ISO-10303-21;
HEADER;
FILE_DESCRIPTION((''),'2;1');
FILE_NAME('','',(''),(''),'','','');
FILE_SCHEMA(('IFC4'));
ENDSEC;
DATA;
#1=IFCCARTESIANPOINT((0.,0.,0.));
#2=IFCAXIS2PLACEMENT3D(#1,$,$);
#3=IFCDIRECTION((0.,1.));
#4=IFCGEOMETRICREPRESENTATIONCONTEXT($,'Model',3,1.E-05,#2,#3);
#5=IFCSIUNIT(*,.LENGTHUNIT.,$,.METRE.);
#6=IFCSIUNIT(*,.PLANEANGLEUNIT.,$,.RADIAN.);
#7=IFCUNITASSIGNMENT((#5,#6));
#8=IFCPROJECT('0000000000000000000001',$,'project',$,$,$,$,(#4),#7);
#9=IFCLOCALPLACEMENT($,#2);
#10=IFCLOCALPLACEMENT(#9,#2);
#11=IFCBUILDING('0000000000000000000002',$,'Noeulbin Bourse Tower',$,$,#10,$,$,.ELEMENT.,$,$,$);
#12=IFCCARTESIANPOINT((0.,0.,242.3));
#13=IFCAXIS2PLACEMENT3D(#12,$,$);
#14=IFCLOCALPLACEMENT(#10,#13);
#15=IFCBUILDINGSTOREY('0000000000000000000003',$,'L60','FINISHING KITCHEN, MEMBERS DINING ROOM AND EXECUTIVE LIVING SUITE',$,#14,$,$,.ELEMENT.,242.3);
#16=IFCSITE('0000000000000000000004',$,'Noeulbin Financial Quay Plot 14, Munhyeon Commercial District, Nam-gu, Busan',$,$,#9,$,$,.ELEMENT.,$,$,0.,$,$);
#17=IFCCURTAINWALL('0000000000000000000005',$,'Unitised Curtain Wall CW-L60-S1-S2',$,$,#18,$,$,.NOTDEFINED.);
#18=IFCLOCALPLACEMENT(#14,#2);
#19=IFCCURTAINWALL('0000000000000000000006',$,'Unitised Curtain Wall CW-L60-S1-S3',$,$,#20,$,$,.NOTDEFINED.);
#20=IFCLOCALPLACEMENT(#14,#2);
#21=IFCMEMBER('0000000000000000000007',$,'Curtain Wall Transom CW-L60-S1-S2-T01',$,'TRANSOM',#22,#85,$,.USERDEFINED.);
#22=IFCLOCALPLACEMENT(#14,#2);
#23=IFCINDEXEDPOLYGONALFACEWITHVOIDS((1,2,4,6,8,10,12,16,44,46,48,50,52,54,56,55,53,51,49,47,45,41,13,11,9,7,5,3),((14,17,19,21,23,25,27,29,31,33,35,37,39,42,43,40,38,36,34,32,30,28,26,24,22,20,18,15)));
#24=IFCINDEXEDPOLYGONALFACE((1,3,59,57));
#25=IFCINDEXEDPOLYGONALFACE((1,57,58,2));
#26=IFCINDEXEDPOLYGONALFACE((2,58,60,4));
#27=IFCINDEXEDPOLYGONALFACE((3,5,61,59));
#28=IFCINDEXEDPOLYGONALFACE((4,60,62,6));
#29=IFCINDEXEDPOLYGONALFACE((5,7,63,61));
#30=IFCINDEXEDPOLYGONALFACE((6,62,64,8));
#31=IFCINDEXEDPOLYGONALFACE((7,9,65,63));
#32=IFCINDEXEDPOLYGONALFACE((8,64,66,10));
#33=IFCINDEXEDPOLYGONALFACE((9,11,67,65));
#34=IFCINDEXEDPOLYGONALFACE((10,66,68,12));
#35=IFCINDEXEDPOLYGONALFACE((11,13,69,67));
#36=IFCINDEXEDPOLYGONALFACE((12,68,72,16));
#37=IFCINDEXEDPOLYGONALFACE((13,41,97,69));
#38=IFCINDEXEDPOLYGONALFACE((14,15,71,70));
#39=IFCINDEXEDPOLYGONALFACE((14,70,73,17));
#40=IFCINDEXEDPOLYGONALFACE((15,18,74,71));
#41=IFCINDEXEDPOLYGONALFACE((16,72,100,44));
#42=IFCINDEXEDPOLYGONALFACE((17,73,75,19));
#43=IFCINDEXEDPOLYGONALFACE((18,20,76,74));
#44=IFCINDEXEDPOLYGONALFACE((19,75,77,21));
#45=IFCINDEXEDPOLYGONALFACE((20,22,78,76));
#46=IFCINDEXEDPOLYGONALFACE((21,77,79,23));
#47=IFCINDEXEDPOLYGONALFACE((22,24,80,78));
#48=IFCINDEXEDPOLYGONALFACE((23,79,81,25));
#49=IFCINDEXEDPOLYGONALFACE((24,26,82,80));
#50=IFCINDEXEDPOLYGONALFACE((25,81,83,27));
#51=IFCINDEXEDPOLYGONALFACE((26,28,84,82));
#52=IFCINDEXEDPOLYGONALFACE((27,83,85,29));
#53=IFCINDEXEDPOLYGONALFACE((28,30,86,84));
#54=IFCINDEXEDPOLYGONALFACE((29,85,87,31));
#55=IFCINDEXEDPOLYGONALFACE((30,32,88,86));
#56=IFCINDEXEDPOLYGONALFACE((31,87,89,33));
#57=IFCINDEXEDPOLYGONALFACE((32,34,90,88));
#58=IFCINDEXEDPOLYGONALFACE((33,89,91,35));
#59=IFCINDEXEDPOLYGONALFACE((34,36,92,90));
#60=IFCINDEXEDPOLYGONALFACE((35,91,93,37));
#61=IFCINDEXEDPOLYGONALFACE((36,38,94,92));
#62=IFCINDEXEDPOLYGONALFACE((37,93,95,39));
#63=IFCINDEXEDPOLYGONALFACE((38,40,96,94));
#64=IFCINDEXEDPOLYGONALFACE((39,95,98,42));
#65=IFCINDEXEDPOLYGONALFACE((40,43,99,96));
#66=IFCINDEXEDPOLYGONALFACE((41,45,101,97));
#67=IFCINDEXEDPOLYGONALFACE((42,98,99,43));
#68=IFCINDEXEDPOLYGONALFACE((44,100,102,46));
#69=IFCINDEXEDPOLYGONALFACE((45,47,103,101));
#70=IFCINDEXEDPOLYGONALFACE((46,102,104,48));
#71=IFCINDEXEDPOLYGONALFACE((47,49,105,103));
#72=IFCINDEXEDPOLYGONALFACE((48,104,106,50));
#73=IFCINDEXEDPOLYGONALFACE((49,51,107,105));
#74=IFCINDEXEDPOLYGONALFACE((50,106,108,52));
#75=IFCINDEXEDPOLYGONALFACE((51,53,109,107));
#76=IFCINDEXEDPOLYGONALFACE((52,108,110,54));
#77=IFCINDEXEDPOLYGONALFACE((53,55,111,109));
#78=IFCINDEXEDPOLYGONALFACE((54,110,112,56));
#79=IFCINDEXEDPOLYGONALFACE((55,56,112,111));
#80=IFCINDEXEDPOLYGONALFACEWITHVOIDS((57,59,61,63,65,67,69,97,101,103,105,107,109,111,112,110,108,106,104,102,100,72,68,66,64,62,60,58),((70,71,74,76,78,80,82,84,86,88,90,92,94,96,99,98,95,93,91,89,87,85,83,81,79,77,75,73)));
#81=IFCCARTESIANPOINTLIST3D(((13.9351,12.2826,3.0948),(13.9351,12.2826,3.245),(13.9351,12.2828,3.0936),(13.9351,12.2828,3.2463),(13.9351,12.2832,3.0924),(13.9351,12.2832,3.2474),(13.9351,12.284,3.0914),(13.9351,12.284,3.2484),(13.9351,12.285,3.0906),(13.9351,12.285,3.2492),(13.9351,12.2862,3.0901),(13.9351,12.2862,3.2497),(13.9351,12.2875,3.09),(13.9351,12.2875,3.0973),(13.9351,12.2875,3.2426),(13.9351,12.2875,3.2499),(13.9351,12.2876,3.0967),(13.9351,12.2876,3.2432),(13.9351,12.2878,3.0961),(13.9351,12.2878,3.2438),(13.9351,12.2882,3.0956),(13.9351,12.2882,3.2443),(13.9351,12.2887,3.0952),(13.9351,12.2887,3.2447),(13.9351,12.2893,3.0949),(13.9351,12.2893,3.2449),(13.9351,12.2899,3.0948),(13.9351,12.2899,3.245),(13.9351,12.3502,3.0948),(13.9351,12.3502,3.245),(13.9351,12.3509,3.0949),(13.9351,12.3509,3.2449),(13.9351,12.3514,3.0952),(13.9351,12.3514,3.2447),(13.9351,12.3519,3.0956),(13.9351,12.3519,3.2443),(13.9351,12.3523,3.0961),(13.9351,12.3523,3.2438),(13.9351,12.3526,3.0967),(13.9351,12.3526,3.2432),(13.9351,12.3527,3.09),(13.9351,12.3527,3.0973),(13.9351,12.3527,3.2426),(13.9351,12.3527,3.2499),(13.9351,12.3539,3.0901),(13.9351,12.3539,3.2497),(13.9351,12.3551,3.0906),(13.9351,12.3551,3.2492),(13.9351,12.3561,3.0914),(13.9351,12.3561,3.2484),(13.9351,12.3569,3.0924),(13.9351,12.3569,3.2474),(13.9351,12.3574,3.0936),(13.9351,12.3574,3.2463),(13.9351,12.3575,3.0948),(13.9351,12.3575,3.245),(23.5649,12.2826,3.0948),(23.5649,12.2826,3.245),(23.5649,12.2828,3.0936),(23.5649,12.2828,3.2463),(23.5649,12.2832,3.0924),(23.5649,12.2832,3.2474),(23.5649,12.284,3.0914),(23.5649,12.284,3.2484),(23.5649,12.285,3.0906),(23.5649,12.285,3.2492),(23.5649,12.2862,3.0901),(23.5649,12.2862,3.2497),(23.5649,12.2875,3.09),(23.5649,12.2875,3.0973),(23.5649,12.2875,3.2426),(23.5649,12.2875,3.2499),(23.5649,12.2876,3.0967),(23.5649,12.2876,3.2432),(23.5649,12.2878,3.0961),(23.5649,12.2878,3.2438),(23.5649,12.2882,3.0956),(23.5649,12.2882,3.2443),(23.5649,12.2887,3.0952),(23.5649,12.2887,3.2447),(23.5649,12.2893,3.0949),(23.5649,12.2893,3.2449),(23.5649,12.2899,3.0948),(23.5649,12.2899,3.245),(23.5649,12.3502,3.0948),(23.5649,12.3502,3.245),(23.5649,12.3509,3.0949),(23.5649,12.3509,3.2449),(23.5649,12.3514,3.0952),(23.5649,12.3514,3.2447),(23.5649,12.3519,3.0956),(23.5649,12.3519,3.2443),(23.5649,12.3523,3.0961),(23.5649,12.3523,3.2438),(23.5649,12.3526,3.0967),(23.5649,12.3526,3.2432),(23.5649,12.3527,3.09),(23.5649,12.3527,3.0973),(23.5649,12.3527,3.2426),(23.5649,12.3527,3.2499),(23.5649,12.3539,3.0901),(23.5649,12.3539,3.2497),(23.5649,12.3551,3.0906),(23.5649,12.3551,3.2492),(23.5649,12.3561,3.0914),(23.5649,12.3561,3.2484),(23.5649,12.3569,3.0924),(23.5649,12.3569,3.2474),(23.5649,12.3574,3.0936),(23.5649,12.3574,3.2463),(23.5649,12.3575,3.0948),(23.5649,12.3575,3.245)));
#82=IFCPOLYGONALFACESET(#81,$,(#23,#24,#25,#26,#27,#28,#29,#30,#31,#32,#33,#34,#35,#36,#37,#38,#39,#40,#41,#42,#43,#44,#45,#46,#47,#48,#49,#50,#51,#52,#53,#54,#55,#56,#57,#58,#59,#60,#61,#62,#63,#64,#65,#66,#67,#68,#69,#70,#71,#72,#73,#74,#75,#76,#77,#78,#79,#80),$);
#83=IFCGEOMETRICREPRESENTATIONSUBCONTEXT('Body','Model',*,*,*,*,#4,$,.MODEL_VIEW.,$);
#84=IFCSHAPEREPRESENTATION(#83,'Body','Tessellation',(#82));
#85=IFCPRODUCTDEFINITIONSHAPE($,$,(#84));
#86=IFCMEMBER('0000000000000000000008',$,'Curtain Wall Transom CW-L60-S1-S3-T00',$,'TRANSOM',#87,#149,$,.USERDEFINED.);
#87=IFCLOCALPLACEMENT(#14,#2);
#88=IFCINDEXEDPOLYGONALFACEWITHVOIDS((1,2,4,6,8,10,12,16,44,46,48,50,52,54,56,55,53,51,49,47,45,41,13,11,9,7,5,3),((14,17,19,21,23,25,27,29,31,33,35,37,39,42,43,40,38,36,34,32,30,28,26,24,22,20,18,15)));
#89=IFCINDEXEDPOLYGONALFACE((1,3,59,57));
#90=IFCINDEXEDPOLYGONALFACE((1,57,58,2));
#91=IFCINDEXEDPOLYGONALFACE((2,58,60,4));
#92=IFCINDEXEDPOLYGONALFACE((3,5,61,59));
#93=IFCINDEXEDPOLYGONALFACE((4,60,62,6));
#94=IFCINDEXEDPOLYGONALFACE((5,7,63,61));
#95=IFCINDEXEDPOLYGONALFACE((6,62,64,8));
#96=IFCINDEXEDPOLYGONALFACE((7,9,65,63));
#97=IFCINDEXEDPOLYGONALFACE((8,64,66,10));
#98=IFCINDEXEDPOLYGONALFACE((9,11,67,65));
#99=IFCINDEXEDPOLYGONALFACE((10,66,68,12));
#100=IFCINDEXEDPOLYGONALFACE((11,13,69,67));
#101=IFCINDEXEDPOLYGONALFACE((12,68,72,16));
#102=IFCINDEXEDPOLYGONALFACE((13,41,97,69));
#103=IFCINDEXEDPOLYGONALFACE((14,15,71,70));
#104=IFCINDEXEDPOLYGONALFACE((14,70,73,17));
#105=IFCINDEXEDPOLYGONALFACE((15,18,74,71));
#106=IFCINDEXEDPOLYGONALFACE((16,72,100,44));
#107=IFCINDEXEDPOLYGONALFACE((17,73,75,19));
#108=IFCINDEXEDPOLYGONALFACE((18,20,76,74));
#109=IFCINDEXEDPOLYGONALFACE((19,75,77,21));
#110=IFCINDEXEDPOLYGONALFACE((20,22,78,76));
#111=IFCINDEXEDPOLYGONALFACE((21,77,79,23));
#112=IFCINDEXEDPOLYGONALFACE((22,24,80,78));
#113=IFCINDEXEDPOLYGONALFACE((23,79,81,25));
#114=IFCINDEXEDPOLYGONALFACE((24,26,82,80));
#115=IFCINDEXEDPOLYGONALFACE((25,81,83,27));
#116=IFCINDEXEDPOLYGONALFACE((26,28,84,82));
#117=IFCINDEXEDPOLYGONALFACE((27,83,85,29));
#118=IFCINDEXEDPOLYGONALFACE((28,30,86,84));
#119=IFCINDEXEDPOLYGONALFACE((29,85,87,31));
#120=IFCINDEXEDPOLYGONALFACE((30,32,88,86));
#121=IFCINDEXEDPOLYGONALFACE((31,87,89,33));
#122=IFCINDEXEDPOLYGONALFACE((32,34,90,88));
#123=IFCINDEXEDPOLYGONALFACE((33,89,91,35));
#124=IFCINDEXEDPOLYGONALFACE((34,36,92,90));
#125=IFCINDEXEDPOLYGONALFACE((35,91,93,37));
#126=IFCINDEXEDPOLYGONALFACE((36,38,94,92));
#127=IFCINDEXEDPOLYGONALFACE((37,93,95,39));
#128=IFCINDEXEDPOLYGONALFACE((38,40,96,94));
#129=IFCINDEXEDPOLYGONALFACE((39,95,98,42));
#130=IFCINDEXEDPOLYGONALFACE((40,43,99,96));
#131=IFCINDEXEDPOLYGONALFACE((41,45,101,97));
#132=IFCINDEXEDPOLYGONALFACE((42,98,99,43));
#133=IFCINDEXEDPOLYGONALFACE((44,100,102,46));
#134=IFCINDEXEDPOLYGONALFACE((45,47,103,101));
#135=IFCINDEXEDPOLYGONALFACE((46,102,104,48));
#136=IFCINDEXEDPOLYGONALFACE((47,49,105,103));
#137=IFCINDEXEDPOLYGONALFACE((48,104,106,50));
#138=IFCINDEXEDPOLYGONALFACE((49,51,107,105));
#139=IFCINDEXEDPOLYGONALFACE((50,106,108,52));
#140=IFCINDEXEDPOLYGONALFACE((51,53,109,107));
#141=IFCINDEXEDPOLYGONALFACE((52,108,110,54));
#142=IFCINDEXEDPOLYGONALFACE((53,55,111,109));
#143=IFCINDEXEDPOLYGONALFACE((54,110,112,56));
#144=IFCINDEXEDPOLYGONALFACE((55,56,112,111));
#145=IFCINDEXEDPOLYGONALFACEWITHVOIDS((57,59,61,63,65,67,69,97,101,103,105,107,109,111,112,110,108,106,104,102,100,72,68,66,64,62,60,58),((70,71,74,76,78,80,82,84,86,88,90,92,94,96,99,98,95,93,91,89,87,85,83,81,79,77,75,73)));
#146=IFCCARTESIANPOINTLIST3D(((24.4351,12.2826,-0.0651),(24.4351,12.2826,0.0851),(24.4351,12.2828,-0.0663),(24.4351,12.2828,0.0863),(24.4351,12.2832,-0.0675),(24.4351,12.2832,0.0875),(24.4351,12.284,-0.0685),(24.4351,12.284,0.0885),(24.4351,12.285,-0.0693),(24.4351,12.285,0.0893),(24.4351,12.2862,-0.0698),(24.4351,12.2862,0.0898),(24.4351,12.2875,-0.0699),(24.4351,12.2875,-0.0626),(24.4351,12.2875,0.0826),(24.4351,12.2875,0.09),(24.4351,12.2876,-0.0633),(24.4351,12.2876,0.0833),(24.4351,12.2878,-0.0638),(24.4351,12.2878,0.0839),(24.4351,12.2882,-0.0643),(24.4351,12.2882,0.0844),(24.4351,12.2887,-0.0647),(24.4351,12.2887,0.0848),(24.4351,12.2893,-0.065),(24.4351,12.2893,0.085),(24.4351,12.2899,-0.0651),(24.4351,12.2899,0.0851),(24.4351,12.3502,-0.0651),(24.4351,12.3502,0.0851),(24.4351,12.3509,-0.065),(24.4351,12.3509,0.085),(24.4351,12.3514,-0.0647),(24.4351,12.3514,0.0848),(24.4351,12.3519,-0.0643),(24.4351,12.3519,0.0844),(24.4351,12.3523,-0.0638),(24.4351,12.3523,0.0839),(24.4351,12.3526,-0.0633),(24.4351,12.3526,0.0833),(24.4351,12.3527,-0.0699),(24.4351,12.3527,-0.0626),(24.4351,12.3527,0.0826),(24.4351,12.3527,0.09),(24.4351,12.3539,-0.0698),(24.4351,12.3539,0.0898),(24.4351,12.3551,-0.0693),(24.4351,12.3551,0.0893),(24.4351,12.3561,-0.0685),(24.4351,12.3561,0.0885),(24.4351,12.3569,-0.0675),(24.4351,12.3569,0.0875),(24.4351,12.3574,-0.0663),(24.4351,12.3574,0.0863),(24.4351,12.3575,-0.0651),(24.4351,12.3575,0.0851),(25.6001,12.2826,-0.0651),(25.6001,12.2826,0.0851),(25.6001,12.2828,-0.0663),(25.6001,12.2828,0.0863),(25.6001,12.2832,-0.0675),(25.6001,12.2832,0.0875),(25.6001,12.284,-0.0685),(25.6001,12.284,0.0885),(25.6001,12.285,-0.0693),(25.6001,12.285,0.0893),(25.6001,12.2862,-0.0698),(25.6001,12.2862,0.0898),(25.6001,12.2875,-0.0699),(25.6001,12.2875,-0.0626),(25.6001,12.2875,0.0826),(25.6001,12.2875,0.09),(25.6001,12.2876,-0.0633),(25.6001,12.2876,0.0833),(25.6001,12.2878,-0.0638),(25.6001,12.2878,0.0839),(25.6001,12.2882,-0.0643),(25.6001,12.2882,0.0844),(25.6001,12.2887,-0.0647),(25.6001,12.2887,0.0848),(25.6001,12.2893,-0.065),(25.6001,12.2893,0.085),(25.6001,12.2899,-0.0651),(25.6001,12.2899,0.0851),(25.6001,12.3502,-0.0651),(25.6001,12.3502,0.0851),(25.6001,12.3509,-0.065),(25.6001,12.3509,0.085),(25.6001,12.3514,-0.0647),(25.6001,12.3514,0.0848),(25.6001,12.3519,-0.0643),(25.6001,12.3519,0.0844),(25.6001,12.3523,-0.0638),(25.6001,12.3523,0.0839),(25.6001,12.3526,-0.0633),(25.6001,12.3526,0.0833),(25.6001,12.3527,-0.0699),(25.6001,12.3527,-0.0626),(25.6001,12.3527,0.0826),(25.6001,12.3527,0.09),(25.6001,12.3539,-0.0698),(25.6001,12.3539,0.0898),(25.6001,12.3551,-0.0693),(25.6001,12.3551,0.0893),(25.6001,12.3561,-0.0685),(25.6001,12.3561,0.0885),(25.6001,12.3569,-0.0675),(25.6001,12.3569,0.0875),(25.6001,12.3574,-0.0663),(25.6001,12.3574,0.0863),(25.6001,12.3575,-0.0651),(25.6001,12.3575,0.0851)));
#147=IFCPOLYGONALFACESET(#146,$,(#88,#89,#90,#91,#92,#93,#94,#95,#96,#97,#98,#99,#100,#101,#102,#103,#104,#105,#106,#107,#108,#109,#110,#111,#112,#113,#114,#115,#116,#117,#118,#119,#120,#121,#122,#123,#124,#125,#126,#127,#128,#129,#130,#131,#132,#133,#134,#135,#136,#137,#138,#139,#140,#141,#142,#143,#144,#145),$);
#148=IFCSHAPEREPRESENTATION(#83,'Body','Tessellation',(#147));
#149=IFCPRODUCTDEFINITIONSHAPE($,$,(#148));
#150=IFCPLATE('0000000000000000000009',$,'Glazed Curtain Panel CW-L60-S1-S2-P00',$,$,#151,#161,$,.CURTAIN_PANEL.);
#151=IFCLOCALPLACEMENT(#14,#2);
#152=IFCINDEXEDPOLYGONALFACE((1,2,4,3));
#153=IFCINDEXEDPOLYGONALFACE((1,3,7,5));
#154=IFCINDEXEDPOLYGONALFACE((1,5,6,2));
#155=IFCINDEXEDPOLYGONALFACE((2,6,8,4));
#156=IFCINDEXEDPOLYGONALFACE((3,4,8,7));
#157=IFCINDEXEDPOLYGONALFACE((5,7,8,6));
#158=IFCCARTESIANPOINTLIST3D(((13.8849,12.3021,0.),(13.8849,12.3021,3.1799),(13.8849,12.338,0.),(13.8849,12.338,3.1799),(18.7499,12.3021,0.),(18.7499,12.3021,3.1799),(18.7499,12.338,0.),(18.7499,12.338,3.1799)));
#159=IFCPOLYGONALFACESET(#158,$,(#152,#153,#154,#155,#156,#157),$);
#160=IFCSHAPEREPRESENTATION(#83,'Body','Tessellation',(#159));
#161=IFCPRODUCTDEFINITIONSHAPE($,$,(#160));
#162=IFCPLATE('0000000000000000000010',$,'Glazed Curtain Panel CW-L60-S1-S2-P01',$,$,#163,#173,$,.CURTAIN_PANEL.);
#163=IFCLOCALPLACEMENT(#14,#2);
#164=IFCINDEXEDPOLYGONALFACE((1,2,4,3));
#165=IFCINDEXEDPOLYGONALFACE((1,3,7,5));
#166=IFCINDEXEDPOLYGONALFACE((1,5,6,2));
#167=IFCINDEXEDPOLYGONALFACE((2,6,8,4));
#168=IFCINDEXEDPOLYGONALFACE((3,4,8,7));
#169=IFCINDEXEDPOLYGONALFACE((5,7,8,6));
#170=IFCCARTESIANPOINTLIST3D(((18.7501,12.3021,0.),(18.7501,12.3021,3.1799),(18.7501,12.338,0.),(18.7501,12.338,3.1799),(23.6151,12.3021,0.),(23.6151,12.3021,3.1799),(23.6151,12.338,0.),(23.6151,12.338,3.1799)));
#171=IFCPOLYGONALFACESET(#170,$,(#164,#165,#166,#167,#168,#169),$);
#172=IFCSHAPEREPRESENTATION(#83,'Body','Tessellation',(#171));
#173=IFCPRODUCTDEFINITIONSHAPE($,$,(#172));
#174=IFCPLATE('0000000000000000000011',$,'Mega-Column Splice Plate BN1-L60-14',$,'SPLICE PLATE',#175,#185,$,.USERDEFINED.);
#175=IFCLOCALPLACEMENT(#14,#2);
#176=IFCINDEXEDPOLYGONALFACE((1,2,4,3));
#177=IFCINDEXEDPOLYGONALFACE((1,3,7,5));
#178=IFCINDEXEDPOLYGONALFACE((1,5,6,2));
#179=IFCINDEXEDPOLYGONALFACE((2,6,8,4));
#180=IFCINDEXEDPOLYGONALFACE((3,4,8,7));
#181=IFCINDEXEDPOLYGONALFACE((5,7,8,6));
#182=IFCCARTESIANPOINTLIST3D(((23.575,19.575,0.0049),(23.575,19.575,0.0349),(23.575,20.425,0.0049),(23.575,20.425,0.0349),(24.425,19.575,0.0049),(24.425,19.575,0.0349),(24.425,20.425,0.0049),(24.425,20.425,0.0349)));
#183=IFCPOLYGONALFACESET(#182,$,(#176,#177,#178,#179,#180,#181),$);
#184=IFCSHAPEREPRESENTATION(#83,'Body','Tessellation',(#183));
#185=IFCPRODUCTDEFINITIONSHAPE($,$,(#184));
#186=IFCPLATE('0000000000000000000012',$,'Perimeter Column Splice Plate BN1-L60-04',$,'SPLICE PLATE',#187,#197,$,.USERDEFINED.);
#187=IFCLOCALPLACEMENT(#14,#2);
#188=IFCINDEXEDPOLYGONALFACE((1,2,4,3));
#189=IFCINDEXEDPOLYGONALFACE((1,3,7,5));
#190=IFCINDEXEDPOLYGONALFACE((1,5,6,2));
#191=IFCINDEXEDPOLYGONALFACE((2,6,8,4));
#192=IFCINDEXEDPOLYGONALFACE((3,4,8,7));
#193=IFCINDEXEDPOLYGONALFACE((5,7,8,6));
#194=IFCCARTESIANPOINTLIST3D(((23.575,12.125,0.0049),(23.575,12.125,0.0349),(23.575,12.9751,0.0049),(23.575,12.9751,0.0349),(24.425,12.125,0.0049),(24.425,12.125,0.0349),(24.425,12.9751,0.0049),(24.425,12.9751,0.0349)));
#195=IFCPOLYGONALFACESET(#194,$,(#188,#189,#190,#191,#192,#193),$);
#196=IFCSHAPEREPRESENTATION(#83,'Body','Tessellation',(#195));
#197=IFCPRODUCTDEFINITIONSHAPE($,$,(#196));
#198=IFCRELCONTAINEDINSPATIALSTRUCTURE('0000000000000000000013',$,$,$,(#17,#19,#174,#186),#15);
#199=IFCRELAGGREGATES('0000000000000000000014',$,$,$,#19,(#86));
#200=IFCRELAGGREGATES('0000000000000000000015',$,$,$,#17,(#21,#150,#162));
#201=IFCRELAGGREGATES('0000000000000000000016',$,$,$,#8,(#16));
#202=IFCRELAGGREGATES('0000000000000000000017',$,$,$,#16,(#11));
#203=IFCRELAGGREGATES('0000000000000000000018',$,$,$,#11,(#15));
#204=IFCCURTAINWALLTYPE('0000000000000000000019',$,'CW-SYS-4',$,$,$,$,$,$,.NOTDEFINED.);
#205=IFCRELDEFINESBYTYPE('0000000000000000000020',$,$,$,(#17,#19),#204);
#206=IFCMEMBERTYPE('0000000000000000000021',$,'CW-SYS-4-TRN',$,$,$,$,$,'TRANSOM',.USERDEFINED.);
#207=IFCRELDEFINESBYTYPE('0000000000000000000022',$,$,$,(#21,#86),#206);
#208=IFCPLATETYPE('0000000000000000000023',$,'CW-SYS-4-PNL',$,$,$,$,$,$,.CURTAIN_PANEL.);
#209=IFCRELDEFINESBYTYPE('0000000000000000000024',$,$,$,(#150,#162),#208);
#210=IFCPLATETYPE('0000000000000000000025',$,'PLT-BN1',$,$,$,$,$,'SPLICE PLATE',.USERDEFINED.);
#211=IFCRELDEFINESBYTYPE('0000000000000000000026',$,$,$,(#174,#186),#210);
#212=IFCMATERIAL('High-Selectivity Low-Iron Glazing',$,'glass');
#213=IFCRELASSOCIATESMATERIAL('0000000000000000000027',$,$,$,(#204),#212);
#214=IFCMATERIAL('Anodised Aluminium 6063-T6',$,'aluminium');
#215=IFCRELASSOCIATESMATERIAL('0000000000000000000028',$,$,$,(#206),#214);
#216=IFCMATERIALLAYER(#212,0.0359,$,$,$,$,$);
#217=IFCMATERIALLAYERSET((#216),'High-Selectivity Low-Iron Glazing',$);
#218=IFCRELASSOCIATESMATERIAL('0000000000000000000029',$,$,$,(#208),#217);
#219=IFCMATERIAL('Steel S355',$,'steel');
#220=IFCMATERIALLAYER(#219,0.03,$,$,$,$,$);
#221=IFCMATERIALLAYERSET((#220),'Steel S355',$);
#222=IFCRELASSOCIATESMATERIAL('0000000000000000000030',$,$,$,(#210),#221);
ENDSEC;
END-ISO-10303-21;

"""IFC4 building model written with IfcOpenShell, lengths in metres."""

from ifc_helpers import new_model, si_unit, direction, frame, origin, origin_2d, place, context, subcontext, project, spatial, rectangle, hollow_rectangle, extrude, material, layer, layer_set, material_profile, profile_set, type_object, element, aggregate, save


model = new_model("IFC4")

# Units and contexts
model_context = context("Model", 3, precision=1e-05, world=origin(), true_north=direction((0.0, 1.0)))
body_context = subcontext(model_context, "Body", "Model", "MODEL_VIEW")
ifc_project = project(units=[si_unit("LENGTHUNIT", "METRE"), si_unit("PLANEANGLEUNIT", "RADIAN")], contexts=[model_context])

# Site, building, storey
site_placement = place(None, origin())
site = spatial("IfcSite", under=ifc_project, at=site_placement, Name="Noeulbin Financial Quay Plot 14, Munhyeon Commercial District, Nam-gu, Busan", CompositionType="ELEMENT", RefElevation=0.0)
building_placement = place(site_placement, origin())
building = spatial("IfcBuilding", under=site, at=building_placement, Name="Noeulbin Bourse Tower", CompositionType="ELEMENT")
storey_placement = place(building_placement, frame((0.0, 0.0, 242.3)))
storey = spatial("IfcBuildingStorey", under=building, at=storey_placement, Name="L60", Description="FINISHING KITCHEN, MEMBERS DINING ROOM AND EXECUTIVE LIVING SUITE", CompositionType="ELEMENT", Elevation=242.3)

# Shared definitions
ifc_material_1 = material(Name="Steel S355", Category="steel")

# Curtain wall
ifc_material_2 = material(Name="High-Selectivity Low-Iron Glazing", Category="glass")
curtain_wall_type = type_object("IfcCurtainWallType", Name="CW-SYS-4", PredefinedType="NOTDEFINED", material=ifc_material_2)
curtain_wall_1_placement = place(storey_placement, origin())
curtain_wall_1 = element("IfcCurtainWall", 1, at=curtain_wall_1_placement, inside=storey, type_object=curtain_wall_type, Name="Unitised Curtain Wall CW-L60-S1-S2", PredefinedType="NOTDEFINED")
ifc_material_3 = material(Name="Anodised Aluminium 6063-T6", Category="aluminium")

# Curtain wall
curtain_wall_2_placement = place(storey_placement, origin())
curtain_wall_2 = element("IfcCurtainWall", 2, at=curtain_wall_2_placement, inside=storey, type_object=curtain_wall_type, Name="Unitised Curtain Wall CW-L60-S1-S3", PredefinedType="NOTDEFINED")

# Members
ifc_material_profile_1 = material_profile(ifc_material_3, hollow_rectangle(XDim=0.075, YDim=0.1599, WallThickness=0.0049, InnerFilletRadius=0.0024, OuterFilletRadius=0.0049, at=origin_2d()), Name="ALU-TRAN-75x160x5", Category="LoadBearing")
ifc_profile_set_1 = profile_set([ifc_material_profile_1], Name="Anodised Aluminium 6063-T6")
member_type_1 = type_object("IfcMemberType", Name="CW-SYS-4-TRN", ElementType="TRANSOM", PredefinedType="USERDEFINED", material=ifc_profile_set_1)
member_1_placement = place(storey_placement, frame((13.9351, 12.3201, 3.1699), z_axis=(1.0, 0.0, 0.0), x_axis=(0.0, 1.0, 0.0)))
member_1 = element("IfcMember", 3, at=member_1_placement, type_object=member_type_1, Name="Curtain Wall Transom CW-L60-S1-S2-T01", ObjectType="TRANSOM", PredefinedType="USERDEFINED", context=body_context, shape_type="SweptSolid", body=[
    extrude(hollow_rectangle(XDim=0.075, YDim=0.1599, WallThickness=0.0049, InnerFilletRadius=0.0024, OuterFilletRadius=0.0049, at=origin_2d()), origin(), (0.0, 0.0, 1.0), 9.6299),
])
member_2_placement = place(storey_placement, frame((24.4351, 12.3201, 0.01), z_axis=(1.0, 0.0, 0.0), x_axis=(0.0, 1.0, 0.0)))
member_2 = element("IfcMember", 4, at=member_2_placement, type_object=member_type_1, Name="Curtain Wall Transom CW-L60-S1-S3-T00", ObjectType="TRANSOM", PredefinedType="USERDEFINED", context=body_context, shape_type="SweptSolid", body=[
    extrude(hollow_rectangle(XDim=0.075, YDim=0.1599, WallThickness=0.0049, InnerFilletRadius=0.0024, OuterFilletRadius=0.0049, at=origin_2d()), origin(), (0.0, 0.0, 1.0), 1.165),
])
aggregate(curtain_wall_2, [member_2])

# Plates
ifc_layer_1 = layer(ifc_material_2, 0.0359)
ifc_layer_set_1 = layer_set([ifc_layer_1], Name="High-Selectivity Low-Iron Glazing")
plate_type_1 = type_object("IfcPlateType", Name="CW-SYS-4-PNL", PredefinedType="CURTAIN_PANEL", material=ifc_layer_set_1)
plate_1_placement = place(storey_placement, frame((16.3174, 12.3201, 0.0), z_axis=(0.0, 0.0, 1.0), x_axis=(1.0, 0.0, 0.0)))
plate_1 = element("IfcPlate", 5, at=plate_1_placement, type_object=plate_type_1, Name="Glazed Curtain Panel CW-L60-S1-S2-P00", PredefinedType="CURTAIN_PANEL", context=body_context, shape_type="SweptSolid", body=[
    extrude(rectangle(XDim=4.865, YDim=0.0359, at=origin_2d()), origin(), (0.0, 0.0, 1.0), 3.1799),
])
plate_2_placement = place(storey_placement, frame((21.1826, 12.3201, 0.0), z_axis=(0.0, 0.0, 1.0), x_axis=(1.0, 0.0, 0.0)))
plate_2 = element("IfcPlate", 6, at=plate_2_placement, type_object=plate_type_1, Name="Glazed Curtain Panel CW-L60-S1-S2-P01", PredefinedType="CURTAIN_PANEL", context=body_context, shape_type="SweptSolid", body=[
    extrude(rectangle(XDim=4.865, YDim=0.0359, at=origin_2d()), origin(), (0.0, 0.0, 1.0), 3.1799),
])
aggregate(curtain_wall_1, [member_1, plate_1, plate_2])

# Plates
ifc_layer_2 = layer(ifc_material_1, 0.03)
ifc_layer_set_2 = layer_set([ifc_layer_2], Name="Steel S355")
plate_type_2 = type_object("IfcPlateType", Name="PLT-BN1", ElementType="SPLICE PLATE", PredefinedType="USERDEFINED", material=ifc_layer_set_2)
for number, where, z_axis, x_axis, name in (
    (7, (24.0, 20.0, 0.0049), (0.0, 0.0, 1.0), (1.0, 0.0, 0.0), "Mega-Column Splice Plate BN1-L60-14"),
    (8, (24.0, 12.55, 0.0049), (0.0, 0.0, 1.0), (1.0, 0.0, 0.0), "Perimeter Column Splice Plate BN1-L60-04"),
):
    element("IfcPlate", number, at=place(storey_placement, frame(where, z_axis=z_axis, x_axis=x_axis)), inside=storey, type_object=plate_type_2, Name=name, ObjectType="SPLICE PLATE", PredefinedType="USERDEFINED", context=body_context, shape_type="SweptSolid", body=[
        extrude(rectangle(XDim=0.8501, YDim=0.8501, at=origin_2d()), origin(), (0.0, 0.0, 1.0), 0.03),
    ])

save(model, "model.ifc")
